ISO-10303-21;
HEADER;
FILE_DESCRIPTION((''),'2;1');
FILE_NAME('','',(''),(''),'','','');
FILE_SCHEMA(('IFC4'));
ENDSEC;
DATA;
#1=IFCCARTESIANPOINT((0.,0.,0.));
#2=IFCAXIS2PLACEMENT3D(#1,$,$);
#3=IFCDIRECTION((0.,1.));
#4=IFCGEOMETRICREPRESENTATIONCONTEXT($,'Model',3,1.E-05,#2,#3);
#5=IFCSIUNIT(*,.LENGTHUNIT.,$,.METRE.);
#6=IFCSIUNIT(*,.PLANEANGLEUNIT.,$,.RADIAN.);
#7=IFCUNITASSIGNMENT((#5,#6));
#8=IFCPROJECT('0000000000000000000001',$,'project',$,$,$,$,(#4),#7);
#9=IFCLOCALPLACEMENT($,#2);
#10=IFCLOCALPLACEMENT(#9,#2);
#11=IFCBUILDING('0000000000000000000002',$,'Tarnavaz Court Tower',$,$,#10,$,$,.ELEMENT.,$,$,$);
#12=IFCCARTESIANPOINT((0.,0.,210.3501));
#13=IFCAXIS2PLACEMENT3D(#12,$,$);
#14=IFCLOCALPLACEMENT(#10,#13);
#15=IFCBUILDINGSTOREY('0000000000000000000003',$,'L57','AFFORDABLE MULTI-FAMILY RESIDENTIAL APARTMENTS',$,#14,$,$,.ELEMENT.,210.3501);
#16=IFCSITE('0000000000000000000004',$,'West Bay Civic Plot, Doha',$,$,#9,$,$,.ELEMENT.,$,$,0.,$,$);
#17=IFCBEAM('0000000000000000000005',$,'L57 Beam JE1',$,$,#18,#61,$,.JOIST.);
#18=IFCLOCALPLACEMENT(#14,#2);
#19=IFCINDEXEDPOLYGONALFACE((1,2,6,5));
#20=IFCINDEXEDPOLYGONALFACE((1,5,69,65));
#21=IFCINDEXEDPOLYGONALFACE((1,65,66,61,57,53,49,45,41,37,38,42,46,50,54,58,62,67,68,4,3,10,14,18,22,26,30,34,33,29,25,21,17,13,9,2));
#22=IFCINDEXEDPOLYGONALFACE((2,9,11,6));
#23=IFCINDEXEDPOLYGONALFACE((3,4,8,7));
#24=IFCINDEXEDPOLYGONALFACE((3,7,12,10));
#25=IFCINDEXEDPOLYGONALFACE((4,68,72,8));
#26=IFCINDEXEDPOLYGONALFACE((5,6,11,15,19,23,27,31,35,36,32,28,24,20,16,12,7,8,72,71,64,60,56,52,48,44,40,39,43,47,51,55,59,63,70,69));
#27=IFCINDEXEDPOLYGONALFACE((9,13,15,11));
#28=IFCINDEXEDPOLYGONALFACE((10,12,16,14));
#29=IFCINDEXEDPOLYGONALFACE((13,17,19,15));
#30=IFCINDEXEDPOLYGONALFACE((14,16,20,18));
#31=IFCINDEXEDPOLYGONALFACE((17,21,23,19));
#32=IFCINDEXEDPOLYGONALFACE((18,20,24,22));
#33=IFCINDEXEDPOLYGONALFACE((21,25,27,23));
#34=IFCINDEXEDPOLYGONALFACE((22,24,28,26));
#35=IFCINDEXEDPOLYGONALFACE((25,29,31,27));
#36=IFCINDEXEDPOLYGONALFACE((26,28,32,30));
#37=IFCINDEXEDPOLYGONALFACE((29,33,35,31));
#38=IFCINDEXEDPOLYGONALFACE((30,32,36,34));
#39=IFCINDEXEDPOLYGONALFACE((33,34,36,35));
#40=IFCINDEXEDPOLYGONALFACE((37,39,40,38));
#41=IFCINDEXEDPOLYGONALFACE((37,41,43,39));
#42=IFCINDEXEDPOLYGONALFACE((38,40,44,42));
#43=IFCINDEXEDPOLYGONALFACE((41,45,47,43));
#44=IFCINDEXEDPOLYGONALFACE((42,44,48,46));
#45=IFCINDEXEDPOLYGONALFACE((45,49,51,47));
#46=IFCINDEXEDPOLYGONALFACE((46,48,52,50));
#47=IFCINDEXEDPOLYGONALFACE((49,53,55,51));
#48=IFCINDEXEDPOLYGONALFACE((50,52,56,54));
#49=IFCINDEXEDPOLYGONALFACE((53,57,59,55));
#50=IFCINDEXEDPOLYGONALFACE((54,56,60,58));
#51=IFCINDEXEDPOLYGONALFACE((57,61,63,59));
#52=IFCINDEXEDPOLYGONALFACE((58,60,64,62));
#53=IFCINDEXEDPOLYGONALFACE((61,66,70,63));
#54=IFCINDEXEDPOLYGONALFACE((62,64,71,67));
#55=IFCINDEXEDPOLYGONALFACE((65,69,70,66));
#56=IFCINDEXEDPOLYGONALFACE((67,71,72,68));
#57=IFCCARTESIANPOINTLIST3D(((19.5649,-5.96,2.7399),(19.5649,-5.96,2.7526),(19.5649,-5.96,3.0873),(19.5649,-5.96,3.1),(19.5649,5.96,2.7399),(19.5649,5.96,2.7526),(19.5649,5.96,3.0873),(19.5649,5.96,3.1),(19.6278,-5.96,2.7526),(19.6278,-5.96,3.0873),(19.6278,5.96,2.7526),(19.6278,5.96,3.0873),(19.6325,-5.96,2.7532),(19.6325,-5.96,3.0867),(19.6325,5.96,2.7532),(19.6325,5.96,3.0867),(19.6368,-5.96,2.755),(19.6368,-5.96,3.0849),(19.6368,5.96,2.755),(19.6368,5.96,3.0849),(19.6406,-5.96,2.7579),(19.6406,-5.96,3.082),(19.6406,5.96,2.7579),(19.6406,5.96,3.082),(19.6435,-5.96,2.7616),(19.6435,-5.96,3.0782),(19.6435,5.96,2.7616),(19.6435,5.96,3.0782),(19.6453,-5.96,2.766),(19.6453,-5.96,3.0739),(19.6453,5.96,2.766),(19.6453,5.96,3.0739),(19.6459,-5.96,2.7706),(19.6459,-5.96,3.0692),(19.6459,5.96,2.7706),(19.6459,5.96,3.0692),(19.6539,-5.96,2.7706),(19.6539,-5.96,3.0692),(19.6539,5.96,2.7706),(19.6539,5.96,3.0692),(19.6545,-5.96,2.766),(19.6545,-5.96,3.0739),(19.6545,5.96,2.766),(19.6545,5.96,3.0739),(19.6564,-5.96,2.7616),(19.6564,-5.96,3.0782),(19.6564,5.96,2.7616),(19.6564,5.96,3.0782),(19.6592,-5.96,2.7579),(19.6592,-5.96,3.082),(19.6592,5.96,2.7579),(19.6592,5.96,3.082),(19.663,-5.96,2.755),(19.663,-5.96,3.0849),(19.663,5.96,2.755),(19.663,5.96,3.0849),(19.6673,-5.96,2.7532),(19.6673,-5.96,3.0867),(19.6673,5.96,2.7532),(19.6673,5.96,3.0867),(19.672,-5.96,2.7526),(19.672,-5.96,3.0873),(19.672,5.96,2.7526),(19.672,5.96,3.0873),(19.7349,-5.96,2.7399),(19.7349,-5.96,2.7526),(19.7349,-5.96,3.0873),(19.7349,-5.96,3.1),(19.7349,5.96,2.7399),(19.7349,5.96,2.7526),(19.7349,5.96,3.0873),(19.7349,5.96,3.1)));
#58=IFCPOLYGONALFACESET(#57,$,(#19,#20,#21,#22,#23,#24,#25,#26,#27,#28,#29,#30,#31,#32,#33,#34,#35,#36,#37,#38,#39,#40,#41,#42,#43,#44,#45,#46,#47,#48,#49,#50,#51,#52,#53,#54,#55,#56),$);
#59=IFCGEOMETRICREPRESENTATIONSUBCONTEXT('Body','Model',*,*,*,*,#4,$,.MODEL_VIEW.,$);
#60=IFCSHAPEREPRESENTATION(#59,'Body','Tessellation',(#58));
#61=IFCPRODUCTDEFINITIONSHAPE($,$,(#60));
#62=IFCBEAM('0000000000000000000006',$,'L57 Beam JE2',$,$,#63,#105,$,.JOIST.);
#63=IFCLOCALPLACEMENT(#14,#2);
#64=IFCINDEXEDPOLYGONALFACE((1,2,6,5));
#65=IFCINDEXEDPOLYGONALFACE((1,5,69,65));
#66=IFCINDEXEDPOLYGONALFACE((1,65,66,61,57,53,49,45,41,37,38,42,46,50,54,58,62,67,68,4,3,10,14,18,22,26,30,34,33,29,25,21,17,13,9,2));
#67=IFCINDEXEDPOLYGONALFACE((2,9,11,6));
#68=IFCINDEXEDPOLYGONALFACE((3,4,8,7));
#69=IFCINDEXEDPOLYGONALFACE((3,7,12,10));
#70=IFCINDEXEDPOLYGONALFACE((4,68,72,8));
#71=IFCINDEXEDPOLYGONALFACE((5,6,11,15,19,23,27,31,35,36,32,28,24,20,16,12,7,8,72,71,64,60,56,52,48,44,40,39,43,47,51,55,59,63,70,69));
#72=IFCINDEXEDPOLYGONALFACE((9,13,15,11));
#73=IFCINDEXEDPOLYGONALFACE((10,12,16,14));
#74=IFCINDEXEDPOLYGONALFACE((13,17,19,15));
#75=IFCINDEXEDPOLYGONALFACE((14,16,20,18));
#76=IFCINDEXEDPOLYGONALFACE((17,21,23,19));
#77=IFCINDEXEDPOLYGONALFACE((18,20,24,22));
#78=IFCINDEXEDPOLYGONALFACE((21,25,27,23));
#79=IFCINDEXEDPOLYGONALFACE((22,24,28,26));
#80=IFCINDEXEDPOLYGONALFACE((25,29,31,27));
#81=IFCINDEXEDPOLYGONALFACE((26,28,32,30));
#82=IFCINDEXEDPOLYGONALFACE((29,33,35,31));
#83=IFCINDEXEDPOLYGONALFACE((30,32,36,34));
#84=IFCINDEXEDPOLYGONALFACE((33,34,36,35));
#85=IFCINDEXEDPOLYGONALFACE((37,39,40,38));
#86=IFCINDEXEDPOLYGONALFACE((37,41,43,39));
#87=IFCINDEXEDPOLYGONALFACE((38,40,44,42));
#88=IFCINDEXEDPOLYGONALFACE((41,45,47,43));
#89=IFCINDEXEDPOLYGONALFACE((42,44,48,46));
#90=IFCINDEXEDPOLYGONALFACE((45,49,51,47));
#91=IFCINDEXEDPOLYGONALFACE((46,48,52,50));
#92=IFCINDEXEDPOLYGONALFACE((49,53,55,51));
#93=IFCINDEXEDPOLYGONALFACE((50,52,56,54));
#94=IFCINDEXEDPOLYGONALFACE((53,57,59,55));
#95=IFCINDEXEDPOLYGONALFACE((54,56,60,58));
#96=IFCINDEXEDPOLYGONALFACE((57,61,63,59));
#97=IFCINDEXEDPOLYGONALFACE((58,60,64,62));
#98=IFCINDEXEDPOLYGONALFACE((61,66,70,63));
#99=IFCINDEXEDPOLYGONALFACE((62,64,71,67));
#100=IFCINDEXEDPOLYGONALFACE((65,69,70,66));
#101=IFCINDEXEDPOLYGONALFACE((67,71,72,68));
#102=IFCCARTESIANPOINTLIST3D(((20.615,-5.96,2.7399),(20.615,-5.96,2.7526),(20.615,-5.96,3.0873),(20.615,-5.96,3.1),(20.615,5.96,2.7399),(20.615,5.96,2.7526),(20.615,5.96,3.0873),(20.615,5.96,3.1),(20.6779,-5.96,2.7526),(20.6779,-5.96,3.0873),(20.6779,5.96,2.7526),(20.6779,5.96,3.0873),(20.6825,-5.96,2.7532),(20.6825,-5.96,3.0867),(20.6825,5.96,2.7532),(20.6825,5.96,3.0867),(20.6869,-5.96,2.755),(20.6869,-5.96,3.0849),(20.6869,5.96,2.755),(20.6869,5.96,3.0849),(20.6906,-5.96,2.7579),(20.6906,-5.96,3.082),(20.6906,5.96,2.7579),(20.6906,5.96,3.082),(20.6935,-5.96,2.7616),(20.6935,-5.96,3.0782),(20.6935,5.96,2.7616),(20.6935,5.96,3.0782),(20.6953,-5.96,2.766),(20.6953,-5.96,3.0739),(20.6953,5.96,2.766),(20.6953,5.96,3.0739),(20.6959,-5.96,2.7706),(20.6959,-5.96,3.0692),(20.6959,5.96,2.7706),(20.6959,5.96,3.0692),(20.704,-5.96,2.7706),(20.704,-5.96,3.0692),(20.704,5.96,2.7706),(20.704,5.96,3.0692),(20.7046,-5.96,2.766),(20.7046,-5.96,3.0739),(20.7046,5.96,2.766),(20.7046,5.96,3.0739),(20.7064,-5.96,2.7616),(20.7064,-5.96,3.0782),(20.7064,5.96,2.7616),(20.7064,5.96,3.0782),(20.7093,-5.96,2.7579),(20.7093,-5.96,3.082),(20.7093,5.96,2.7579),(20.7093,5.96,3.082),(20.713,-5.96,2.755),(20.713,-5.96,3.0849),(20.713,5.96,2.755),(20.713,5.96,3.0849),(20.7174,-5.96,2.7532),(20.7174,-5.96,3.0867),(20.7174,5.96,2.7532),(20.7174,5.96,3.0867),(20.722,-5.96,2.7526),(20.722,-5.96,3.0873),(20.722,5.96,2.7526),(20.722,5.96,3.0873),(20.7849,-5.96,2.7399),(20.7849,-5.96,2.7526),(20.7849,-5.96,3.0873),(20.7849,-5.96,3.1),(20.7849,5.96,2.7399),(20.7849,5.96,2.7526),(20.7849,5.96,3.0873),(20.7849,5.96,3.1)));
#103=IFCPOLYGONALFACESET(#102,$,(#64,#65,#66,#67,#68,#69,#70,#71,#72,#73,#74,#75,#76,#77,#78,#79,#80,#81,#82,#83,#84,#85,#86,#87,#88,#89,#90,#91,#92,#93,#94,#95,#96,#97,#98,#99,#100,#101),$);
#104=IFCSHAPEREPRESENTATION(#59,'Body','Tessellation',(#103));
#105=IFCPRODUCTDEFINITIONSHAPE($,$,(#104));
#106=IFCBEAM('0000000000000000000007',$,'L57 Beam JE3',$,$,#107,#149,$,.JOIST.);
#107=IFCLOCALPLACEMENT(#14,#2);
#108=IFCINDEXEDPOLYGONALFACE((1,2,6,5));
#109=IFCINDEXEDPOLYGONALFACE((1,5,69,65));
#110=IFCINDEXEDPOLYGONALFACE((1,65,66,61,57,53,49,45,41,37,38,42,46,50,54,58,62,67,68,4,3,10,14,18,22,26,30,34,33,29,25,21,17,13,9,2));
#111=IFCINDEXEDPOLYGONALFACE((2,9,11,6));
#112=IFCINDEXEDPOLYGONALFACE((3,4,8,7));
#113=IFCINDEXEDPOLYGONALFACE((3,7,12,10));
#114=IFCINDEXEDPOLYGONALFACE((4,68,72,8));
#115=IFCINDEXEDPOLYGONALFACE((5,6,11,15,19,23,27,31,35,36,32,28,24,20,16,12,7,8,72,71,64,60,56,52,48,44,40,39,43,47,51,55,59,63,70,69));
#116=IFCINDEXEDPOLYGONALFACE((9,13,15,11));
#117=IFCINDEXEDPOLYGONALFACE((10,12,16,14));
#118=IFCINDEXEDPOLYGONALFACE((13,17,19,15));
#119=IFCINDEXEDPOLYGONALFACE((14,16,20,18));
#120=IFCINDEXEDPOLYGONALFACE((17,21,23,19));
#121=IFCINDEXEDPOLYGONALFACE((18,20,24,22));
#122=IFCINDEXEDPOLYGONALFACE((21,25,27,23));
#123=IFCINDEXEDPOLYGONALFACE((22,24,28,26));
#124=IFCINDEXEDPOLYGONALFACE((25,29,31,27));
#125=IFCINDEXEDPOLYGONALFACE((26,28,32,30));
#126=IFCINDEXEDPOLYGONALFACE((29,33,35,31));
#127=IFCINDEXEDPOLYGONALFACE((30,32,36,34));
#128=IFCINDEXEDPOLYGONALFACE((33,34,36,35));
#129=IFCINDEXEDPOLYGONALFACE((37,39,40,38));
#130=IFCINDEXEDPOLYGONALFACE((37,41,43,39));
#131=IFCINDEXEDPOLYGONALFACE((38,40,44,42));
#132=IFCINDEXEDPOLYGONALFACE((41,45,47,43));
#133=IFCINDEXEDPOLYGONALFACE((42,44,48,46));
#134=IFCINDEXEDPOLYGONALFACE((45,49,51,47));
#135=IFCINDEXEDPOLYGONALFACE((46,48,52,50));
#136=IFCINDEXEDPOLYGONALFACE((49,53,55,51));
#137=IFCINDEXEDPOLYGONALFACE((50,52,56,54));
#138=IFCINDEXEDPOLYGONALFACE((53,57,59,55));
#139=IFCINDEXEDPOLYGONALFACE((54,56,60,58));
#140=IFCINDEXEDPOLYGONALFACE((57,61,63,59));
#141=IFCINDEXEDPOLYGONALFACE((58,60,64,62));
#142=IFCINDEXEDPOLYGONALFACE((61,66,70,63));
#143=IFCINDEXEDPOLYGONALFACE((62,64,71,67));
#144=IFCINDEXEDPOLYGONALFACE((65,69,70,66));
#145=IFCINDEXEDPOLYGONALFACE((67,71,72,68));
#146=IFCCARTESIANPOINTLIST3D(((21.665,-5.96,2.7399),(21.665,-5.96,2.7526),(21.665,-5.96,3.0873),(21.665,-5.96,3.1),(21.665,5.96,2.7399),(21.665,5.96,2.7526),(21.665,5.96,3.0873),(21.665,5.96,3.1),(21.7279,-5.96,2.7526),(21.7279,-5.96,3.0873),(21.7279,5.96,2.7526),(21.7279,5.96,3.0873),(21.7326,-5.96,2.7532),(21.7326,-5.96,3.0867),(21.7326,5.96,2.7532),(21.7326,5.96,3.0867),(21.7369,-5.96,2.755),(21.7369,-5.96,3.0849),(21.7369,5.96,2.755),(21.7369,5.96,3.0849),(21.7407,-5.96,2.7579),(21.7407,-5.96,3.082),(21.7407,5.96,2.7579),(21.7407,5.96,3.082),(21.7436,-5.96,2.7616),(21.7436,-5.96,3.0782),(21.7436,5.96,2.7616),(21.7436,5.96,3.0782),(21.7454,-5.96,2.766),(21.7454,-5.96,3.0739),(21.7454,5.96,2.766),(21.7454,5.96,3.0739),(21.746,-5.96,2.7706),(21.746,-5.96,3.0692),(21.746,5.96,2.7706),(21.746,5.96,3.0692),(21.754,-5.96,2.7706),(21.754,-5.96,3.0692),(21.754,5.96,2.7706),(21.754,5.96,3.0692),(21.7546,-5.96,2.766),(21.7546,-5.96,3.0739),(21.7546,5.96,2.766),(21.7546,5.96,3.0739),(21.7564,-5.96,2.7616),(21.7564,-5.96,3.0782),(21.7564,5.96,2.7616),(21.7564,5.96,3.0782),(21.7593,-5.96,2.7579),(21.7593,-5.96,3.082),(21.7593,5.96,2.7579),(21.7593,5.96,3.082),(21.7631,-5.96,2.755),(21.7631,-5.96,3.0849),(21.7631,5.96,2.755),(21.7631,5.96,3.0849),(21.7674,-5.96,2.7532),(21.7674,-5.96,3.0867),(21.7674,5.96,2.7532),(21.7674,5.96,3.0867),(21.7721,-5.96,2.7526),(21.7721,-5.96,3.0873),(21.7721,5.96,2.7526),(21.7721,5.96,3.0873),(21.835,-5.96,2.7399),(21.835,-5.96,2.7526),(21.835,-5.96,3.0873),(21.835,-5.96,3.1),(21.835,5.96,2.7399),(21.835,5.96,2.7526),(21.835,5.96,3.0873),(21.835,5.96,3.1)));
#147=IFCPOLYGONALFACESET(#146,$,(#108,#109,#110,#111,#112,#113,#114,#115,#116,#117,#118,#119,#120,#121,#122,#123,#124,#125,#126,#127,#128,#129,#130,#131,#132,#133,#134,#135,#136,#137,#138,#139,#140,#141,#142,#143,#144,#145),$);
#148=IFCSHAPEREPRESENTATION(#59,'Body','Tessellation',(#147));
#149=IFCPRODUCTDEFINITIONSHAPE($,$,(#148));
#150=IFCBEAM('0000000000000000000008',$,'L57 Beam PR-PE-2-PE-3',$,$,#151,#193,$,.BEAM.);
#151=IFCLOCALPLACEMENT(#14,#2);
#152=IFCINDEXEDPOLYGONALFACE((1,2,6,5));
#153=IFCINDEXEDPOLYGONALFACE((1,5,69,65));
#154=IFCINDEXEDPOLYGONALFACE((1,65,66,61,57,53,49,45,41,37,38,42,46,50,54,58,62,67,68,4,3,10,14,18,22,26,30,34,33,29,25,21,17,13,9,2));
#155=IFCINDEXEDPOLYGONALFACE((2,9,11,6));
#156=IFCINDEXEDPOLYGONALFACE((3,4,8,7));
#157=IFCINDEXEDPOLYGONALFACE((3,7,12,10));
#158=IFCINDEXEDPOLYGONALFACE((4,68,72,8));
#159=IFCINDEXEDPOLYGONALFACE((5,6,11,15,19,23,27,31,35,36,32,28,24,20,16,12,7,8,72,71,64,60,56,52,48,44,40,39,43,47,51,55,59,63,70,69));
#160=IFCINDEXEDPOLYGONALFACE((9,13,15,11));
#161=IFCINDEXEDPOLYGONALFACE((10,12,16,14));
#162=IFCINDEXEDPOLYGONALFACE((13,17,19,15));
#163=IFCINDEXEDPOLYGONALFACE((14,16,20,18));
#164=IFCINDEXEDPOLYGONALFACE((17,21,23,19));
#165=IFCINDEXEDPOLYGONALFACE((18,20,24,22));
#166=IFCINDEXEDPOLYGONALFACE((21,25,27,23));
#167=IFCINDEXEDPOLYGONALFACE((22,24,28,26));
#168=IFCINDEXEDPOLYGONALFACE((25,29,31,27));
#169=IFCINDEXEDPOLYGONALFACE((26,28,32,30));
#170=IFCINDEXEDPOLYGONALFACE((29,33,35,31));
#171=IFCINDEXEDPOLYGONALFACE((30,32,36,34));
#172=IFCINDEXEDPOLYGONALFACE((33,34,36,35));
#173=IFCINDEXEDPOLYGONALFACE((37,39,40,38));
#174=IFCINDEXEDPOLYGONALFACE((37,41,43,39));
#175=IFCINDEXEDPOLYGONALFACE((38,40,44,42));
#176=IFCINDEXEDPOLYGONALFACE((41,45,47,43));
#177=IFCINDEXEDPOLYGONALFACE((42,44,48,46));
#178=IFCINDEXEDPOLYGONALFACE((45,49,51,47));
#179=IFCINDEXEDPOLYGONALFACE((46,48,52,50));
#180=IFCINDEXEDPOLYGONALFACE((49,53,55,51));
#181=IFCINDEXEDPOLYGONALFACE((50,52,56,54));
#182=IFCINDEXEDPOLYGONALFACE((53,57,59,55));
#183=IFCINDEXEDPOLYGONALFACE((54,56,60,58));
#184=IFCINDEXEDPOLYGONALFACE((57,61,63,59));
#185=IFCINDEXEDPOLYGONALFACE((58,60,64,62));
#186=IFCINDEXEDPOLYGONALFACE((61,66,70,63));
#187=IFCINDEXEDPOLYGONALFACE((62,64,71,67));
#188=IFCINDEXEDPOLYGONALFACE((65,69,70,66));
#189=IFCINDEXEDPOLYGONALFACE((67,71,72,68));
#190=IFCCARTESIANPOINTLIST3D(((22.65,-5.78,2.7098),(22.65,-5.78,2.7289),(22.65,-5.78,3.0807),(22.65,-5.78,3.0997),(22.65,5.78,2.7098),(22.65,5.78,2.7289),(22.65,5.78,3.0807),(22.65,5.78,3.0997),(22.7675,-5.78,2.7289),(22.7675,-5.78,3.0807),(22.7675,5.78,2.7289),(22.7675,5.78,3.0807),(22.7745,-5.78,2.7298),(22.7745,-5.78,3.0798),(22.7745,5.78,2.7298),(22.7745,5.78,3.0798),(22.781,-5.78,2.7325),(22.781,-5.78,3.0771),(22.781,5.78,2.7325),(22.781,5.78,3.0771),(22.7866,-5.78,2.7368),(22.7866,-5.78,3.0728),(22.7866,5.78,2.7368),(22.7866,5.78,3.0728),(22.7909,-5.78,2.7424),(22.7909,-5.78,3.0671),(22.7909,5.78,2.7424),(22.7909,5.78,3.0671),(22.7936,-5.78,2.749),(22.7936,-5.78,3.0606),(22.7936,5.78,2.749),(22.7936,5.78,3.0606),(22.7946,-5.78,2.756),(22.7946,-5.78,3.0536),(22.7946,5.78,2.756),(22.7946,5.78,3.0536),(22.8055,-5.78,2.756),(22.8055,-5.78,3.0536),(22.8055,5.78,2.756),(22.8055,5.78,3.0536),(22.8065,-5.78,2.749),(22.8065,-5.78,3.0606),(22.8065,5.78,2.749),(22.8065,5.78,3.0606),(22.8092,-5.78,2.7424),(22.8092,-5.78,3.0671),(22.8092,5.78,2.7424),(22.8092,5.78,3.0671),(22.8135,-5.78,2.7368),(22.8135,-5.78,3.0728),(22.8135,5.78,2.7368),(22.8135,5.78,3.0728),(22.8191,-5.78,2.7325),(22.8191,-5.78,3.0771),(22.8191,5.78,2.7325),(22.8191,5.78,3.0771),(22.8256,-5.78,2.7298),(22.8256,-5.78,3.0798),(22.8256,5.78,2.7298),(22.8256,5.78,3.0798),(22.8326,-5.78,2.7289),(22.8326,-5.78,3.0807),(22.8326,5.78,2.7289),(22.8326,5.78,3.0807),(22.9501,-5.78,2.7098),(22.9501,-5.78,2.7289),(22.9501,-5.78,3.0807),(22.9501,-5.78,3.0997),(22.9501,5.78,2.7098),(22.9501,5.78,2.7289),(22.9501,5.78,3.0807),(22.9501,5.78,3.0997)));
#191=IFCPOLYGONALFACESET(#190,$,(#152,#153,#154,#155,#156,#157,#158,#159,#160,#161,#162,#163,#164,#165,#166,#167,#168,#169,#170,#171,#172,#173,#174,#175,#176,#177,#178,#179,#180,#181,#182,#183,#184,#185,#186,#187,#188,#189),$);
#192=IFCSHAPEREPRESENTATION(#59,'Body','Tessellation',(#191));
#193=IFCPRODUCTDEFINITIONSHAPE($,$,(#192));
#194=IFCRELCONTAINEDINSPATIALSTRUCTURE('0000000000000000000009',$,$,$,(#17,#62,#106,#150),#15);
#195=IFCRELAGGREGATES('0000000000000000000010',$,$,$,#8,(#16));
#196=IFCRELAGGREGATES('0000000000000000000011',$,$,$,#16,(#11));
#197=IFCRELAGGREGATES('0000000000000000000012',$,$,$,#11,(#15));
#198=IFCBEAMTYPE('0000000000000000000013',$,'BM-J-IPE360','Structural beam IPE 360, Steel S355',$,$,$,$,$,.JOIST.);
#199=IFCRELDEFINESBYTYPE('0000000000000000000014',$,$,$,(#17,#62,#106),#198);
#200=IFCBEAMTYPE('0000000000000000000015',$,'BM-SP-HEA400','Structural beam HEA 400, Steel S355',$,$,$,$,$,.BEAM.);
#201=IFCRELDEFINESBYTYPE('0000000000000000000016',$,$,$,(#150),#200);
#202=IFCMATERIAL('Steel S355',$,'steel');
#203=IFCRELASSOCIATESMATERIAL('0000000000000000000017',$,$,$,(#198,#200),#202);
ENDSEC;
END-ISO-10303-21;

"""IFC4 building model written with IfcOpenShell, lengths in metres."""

from ifc_helpers import new_model, si_unit, direction, frame, origin, origin_2d, place, context, subcontext, project, spatial, i_section, extrude, material, material_profile, profile_set, type_object, element, save


model = new_model("IFC4")

# Units and contexts
model_context = context("Model", 3, precision=1e-05, world=origin(), true_north=direction((0.0, 1.0)))
body_context = subcontext(model_context, "Body", "Model", "MODEL_VIEW")
ifc_project = project(units=[si_unit("LENGTHUNIT", "METRE"), si_unit("PLANEANGLEUNIT", "RADIAN")], contexts=[model_context])

# Site, building, storey
site_placement = place(None, origin())
site = spatial("IfcSite", under=ifc_project, at=site_placement, Name="West Bay Civic Plot, Doha", CompositionType="ELEMENT", RefElevation=0.0)
building_placement = place(site_placement, origin())
building = spatial("IfcBuilding", under=site, at=building_placement, Name="Tarnavaz Court Tower", CompositionType="ELEMENT")
storey_placement = place(building_placement, frame((0.0, 0.0, 210.3501)))
storey = spatial("IfcBuildingStorey", under=building, at=storey_placement, Name="L57", Description="AFFORDABLE MULTI-FAMILY RESIDENTIAL APARTMENTS", CompositionType="ELEMENT", Elevation=210.3501)

# Beams
ifc_material_1 = material(Name="Steel S355", Category="steel")
ifc_material_profile_1 = material_profile(ifc_material_1, i_section(OverallWidth=0.1699, OverallDepth=0.3601, WebThickness=0.0081, FlangeThickness=0.0127, FilletRadius=0.0181, at=origin_2d()), Name="IPE 360")
ifc_profile_set_1 = profile_set([ifc_material_profile_1], Name="Steel S355")
beam_type_1 = type_object("IfcBeamType", Name="BM-J-IPE360", Description="Structural beam IPE 360, Steel S355", PredefinedType="JOIST", material=ifc_profile_set_1)
for number, where, z_axis, x_axis, name in (
    (1, (19.6499, -5.96, 2.9199), (0.0, 1.0, 0.0), (-1.0, 0.0, 0.0), "L57 Beam JE1"),
    (2, (20.7, -5.96, 2.9199), (0.0, 1.0, 0.0), (-1.0, 0.0, 0.0), "L57 Beam JE2"),
    (3, (21.75, -5.96, 2.9199), (0.0, 1.0, 0.0), (-1.0, 0.0, 0.0), "L57 Beam JE3"),
):
    element("IfcBeam", number, at=place(storey_placement, frame(where, z_axis=z_axis, x_axis=x_axis)), inside=storey, type_object=beam_type_1, Name=name, PredefinedType="JOIST", context=body_context, shape_type="SweptSolid", body=[
        extrude(i_section(OverallWidth=0.1699, OverallDepth=0.3601, WebThickness=0.0081, FlangeThickness=0.0127, FilletRadius=0.0181, at=origin_2d()), origin(), (0.0, 0.0, 1.0), 11.9199),
    ])
ifc_material_profile_2 = material_profile(ifc_material_1, i_section(OverallWidth=0.3, OverallDepth=0.3899, WebThickness=0.011, FlangeThickness=0.019, FilletRadius=0.0271, at=origin_2d()), Name="HEA 400")
ifc_profile_set_2 = profile_set([ifc_material_profile_2], Name="Steel S355")
beam_type_2 = type_object("IfcBeamType", Name="BM-SP-HEA400", Description="Structural beam HEA 400, Steel S355", PredefinedType="BEAM", material=ifc_profile_set_2)
beam_1_placement = place(storey_placement, frame((22.8, -5.78, 2.9048), z_axis=(0.0, 1.0, 0.0), x_axis=(-1.0, 0.0, 0.0)))
element("IfcBeam", 4, at=beam_1_placement, inside=storey, type_object=beam_type_2, Name="L57 Beam PR-PE-2-PE-3", PredefinedType="BEAM", context=body_context, shape_type="SweptSolid", body=[
    extrude(i_section(OverallWidth=0.3, OverallDepth=0.3899, WebThickness=0.011, FlangeThickness=0.019, FilletRadius=0.0271, at=origin_2d()), origin(), (0.0, 0.0, 1.0), 11.5601),
])

save(model, "model.ifc")
